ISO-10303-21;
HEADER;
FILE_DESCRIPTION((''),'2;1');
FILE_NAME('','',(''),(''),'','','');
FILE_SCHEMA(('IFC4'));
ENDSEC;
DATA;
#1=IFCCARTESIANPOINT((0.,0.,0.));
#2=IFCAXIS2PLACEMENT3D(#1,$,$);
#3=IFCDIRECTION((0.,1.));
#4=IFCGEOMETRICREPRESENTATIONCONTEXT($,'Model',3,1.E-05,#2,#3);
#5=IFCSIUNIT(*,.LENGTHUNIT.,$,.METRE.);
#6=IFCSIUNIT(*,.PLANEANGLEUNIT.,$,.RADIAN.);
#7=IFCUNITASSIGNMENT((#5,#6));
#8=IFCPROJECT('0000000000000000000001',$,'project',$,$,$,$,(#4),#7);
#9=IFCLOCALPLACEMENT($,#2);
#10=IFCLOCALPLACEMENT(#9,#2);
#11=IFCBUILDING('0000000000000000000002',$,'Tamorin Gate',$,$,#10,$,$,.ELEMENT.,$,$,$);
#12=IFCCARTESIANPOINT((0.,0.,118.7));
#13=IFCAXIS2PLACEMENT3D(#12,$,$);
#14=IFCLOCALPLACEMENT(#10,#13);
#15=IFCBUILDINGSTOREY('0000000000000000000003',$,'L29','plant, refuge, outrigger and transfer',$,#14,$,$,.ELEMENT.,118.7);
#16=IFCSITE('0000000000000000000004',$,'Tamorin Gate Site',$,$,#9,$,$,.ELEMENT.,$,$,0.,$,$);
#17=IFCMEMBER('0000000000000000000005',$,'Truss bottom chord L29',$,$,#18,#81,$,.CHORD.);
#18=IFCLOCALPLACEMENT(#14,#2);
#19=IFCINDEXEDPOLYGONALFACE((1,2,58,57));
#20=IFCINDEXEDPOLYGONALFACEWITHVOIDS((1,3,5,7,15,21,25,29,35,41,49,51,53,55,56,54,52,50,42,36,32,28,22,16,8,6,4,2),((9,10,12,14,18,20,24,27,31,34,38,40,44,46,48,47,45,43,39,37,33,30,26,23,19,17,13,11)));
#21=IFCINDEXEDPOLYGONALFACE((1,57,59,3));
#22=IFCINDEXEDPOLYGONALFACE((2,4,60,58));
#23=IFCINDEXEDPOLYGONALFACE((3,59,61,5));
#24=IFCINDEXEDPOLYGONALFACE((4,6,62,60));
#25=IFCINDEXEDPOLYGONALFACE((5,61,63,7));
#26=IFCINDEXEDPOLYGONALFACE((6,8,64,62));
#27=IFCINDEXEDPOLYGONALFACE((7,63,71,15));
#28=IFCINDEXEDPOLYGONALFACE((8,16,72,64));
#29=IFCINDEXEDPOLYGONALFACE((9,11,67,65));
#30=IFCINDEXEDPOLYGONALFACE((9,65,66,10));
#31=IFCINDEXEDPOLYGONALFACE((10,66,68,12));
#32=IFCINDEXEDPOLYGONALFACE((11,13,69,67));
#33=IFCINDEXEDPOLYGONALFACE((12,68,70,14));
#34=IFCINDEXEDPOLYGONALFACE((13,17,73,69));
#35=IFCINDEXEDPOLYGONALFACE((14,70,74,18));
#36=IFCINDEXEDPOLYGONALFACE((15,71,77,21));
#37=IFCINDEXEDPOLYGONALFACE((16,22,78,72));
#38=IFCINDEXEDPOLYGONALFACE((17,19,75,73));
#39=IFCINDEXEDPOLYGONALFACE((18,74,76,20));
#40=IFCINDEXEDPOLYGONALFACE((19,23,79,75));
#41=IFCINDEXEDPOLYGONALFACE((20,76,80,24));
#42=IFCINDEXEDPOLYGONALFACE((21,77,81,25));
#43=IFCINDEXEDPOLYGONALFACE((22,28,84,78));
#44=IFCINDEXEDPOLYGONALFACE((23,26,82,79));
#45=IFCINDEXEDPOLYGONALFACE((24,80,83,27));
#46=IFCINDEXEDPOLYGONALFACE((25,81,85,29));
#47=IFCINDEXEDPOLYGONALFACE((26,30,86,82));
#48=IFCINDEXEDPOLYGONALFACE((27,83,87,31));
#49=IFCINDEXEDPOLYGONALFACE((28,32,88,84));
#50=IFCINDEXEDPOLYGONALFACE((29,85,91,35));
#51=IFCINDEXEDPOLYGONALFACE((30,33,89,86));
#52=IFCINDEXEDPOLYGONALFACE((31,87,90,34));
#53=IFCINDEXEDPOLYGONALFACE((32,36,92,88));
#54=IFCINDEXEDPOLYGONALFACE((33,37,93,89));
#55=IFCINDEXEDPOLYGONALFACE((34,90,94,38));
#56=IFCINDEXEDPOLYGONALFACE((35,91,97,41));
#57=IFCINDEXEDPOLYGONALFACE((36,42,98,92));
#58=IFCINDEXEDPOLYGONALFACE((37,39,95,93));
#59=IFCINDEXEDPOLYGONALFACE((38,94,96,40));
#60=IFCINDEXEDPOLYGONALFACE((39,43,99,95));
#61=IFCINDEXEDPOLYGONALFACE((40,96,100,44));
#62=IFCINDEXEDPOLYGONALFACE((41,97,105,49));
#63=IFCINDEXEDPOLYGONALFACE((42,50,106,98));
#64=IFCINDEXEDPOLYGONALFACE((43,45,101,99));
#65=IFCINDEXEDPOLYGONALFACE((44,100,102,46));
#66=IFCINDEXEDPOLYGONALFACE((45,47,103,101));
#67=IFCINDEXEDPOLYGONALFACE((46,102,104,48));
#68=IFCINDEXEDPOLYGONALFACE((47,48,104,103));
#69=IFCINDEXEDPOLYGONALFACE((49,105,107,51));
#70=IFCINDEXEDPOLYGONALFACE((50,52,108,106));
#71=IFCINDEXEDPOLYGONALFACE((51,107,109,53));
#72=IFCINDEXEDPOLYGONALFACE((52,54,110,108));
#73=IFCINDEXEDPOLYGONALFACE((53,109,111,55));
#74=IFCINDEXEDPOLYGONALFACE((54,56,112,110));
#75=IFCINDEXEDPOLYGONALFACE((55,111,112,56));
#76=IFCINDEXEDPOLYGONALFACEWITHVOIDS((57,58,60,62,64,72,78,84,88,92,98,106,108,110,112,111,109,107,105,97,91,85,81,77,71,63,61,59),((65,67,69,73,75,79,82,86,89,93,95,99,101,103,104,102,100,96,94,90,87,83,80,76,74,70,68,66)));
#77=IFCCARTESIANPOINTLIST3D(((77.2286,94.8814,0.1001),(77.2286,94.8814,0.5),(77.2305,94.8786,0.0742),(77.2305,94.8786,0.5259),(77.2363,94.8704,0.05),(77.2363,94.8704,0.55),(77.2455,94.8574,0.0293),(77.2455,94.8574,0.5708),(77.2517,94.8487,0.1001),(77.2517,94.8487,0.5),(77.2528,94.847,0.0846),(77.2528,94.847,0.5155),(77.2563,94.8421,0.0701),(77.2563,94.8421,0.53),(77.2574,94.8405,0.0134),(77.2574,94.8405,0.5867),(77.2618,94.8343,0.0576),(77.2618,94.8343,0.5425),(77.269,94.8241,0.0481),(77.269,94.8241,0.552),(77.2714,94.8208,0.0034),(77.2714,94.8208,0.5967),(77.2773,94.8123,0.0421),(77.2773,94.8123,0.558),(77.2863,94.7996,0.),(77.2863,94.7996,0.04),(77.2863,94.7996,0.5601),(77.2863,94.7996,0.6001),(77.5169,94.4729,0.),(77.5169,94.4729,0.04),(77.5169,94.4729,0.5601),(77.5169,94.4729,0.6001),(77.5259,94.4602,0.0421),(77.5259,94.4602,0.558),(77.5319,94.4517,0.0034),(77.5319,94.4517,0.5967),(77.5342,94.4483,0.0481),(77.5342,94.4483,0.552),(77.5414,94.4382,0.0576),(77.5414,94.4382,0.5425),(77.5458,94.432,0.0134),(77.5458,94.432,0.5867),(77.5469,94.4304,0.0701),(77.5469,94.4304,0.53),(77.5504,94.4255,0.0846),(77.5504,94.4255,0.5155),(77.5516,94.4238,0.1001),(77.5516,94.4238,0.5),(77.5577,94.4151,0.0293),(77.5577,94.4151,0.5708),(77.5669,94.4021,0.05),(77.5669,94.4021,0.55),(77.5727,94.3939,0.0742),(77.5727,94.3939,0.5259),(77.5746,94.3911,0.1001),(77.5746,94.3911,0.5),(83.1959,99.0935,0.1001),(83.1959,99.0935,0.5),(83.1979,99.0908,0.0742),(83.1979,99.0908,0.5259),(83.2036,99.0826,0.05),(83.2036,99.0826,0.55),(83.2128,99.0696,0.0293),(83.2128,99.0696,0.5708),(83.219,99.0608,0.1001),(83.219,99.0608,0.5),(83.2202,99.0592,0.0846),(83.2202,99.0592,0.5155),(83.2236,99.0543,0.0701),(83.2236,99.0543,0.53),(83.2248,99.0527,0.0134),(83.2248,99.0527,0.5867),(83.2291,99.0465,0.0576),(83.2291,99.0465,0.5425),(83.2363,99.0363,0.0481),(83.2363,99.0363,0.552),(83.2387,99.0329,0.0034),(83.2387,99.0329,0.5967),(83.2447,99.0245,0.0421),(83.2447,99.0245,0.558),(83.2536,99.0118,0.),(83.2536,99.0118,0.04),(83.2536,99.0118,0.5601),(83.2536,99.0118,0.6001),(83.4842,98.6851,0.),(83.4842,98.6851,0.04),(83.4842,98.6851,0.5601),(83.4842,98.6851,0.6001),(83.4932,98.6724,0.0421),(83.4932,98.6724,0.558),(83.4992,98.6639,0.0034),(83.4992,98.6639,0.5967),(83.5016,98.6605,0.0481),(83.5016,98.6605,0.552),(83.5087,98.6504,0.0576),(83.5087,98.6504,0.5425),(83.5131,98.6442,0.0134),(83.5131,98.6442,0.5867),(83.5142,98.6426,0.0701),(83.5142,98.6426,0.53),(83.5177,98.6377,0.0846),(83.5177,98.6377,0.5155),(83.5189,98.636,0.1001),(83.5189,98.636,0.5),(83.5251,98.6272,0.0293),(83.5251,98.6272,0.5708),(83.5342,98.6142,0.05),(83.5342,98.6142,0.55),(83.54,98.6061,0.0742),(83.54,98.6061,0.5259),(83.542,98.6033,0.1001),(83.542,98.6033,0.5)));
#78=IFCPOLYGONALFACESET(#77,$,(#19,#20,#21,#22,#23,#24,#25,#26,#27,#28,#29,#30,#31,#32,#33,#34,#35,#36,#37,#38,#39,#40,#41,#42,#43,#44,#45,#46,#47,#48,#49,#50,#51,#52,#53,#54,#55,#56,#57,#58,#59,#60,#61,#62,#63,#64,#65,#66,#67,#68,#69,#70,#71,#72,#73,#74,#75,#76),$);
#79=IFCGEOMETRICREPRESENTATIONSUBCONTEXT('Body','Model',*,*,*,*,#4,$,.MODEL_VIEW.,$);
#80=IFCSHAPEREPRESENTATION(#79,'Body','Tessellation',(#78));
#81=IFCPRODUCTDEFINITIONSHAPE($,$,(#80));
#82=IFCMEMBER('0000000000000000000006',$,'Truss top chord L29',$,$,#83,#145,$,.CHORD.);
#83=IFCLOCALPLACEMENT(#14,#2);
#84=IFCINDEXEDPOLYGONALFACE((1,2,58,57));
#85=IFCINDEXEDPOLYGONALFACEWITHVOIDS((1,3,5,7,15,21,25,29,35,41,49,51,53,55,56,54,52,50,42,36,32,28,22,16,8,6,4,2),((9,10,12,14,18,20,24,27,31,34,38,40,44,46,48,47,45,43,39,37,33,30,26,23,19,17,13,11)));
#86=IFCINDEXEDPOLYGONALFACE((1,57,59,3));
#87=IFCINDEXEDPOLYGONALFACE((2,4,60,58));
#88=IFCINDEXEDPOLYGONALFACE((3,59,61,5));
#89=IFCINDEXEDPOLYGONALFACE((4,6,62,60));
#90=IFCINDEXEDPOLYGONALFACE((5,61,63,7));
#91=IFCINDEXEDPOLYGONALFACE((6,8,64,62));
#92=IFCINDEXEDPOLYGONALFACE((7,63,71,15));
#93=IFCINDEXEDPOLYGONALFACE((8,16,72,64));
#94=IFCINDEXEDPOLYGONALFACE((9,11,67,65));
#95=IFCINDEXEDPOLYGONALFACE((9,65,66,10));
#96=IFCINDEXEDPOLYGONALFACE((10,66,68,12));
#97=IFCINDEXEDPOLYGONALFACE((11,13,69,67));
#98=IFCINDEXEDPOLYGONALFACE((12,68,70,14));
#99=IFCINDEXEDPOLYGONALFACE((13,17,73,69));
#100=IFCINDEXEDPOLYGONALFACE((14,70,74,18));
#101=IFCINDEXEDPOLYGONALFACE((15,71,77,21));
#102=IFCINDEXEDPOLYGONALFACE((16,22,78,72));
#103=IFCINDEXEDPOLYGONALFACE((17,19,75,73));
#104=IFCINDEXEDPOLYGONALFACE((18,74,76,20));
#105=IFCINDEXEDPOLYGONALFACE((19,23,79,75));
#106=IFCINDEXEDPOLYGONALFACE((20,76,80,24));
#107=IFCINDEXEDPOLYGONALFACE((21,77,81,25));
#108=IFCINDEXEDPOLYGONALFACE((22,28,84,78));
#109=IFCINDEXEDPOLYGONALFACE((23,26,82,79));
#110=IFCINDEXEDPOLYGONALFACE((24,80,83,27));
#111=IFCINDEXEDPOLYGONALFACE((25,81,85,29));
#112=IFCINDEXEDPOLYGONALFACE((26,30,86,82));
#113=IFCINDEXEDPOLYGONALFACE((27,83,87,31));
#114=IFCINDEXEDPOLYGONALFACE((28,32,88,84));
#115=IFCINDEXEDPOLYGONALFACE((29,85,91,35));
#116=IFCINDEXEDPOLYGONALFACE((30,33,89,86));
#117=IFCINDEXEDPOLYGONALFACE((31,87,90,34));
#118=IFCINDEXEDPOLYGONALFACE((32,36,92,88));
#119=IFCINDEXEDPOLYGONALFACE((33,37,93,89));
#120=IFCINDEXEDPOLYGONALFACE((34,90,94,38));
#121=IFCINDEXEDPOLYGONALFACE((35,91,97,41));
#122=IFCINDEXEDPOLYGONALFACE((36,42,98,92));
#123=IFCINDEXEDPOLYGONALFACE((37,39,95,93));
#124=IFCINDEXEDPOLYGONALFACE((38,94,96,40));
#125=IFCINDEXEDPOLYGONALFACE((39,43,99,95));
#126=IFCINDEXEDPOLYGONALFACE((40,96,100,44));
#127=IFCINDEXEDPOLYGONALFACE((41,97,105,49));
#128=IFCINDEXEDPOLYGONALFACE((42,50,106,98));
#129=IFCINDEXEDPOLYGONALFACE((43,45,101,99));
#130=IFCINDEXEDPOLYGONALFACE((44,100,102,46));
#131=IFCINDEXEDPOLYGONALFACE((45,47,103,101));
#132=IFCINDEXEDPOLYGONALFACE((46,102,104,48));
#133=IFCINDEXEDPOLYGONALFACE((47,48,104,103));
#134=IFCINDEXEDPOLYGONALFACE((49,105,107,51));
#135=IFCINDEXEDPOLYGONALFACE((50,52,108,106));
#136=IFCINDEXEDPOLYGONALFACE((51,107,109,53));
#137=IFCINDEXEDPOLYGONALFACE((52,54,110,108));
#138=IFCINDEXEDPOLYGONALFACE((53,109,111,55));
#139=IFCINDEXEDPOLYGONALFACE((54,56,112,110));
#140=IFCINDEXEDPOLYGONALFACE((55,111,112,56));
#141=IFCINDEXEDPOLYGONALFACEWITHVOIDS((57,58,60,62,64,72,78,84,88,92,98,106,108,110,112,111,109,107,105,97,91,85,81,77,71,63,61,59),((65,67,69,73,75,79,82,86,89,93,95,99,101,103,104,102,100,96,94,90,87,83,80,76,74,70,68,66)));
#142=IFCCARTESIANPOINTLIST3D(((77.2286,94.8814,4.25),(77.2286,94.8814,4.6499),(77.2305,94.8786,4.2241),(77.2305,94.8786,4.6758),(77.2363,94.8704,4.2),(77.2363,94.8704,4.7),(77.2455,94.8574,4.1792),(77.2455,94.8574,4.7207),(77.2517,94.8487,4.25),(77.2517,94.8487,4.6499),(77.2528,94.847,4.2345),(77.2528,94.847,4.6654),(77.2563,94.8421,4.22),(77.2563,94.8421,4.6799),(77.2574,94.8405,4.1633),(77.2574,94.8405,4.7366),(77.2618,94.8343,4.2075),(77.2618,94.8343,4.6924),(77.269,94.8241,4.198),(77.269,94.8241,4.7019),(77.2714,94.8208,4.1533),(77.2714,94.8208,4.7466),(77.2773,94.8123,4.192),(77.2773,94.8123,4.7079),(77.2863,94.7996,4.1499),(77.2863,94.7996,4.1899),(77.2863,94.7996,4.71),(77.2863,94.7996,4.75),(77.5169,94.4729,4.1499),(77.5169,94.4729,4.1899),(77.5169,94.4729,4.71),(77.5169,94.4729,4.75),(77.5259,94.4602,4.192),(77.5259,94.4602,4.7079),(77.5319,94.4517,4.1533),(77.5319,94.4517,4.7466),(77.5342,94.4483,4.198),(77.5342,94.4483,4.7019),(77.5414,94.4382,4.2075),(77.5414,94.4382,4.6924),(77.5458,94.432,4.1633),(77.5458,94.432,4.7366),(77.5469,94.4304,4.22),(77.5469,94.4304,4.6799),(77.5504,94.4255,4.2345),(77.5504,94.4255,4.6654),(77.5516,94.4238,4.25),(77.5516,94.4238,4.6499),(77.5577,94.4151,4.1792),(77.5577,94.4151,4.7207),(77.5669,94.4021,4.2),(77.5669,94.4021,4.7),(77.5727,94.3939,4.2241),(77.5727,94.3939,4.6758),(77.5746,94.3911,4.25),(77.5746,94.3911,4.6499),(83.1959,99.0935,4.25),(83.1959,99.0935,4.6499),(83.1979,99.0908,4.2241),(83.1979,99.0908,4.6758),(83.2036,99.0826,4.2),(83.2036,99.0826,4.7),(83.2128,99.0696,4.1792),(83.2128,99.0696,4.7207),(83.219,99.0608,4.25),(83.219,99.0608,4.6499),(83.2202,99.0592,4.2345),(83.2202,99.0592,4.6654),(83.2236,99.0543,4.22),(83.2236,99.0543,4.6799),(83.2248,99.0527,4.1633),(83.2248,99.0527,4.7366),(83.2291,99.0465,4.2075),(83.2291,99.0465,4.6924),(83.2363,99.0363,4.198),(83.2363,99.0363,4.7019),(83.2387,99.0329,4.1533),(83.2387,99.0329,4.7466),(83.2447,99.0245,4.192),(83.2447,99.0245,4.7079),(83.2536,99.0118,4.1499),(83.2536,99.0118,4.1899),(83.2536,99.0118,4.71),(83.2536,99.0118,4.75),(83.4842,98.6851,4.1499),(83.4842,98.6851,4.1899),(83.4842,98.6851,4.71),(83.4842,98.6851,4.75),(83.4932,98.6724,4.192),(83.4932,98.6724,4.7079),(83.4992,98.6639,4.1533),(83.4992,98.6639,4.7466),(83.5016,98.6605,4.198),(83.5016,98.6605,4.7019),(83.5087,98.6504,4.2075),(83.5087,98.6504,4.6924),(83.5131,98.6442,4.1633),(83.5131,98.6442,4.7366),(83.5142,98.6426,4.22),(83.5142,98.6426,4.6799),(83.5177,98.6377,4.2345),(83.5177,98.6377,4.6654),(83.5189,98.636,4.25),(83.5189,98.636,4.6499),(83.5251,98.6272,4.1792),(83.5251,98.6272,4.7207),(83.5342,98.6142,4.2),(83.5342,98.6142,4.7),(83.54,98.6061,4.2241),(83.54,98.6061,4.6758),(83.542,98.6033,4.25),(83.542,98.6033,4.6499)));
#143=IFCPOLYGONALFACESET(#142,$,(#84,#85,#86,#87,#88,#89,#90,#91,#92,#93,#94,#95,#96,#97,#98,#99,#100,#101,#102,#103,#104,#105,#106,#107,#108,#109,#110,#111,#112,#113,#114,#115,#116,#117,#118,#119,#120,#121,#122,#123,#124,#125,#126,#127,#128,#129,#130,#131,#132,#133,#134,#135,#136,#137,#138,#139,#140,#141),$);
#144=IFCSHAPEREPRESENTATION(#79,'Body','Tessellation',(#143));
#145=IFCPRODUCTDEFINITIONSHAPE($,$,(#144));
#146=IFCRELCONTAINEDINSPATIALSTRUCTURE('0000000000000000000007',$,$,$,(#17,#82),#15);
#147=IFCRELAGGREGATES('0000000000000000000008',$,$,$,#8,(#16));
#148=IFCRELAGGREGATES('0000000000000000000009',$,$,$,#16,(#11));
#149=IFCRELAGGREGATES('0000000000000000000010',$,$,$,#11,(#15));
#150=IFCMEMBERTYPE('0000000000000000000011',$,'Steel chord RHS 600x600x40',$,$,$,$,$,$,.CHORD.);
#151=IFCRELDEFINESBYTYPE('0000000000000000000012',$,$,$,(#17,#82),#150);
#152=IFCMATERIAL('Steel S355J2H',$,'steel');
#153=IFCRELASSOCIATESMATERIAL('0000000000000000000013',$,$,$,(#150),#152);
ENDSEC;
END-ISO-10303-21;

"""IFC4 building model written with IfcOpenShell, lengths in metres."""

from ifc_helpers import new_model, si_unit, direction, frame, origin, origin_2d, place, context, subcontext, project, spatial, hollow_rectangle, extrude, material, material_profile, profile_set, type_object, element, save


model = new_model("IFC4")

# Units and contexts
model_context = context("Model", 3, precision=1e-05, world=origin(), true_north=direction((0.0, 1.0)))
body_context = subcontext(model_context, "Body", "Model", "MODEL_VIEW")
ifc_project = project(units=[si_unit("LENGTHUNIT", "METRE"), si_unit("PLANEANGLEUNIT", "RADIAN")], contexts=[model_context])

# Site, building, storey
site_placement = place(None, origin())
site = spatial("IfcSite", under=ifc_project, at=site_placement, Name="Tamorin Gate Site", CompositionType="ELEMENT", RefElevation=0.0)
building_placement = place(site_placement, origin())
building = spatial("IfcBuilding", under=site, at=building_placement, Name="Tamorin Gate", CompositionType="ELEMENT")
storey_placement = place(building_placement, frame((0.0, 0.0, 118.7)))
storey = spatial("IfcBuildingStorey", under=building, at=storey_placement, Name="L29", Description="plant, refuge, outrigger and transfer", CompositionType="ELEMENT", Elevation=118.7)

# Members
ifc_material_1 = material(Name="Steel S355J2H", Category="steel")
ifc_material_profile_1 = material_profile(ifc_material_1, hollow_rectangle(XDim=0.6001, YDim=0.6001, WallThickness=0.04, InnerFilletRadius=0.0601, OuterFilletRadius=0.1001, at=origin_2d()), Name="RHS 600x600x40")
ifc_profile_set_1 = profile_set([ifc_material_profile_1], Name="Steel S355J2H")
member_type_1 = type_object("IfcMemberType", Name="Steel chord RHS 600x600x40", PredefinedType="CHORD", material=ifc_profile_set_1)
for number, where, z_axis, x_axis, name in (
    (1, (77.4016, 94.6362, 0.3), (0.816971, 0.576679, 0.0), (-0.576679, 0.816971, 0.0), "Truss bottom chord L29"),
    (2, (77.4016, 94.6362, 4.45), (0.816971, 0.576679, 0.0), (-0.576679, 0.816971, 0.0), "Truss top chord L29"),
):
    element("IfcMember", number, at=place(storey_placement, frame(where, z_axis=z_axis, x_axis=x_axis)), inside=storey, type_object=member_type_1, Name=name, PredefinedType="CHORD", context=body_context, shape_type="SweptSolid", body=[
        extrude(hollow_rectangle(XDim=0.6001, YDim=0.6001, WallThickness=0.04, InnerFilletRadius=0.0601, OuterFilletRadius=0.1001, at=origin_2d()), origin(), (0.0, 0.0, 1.0), 7.3042),
    ])

save(model, "model.ifc")
